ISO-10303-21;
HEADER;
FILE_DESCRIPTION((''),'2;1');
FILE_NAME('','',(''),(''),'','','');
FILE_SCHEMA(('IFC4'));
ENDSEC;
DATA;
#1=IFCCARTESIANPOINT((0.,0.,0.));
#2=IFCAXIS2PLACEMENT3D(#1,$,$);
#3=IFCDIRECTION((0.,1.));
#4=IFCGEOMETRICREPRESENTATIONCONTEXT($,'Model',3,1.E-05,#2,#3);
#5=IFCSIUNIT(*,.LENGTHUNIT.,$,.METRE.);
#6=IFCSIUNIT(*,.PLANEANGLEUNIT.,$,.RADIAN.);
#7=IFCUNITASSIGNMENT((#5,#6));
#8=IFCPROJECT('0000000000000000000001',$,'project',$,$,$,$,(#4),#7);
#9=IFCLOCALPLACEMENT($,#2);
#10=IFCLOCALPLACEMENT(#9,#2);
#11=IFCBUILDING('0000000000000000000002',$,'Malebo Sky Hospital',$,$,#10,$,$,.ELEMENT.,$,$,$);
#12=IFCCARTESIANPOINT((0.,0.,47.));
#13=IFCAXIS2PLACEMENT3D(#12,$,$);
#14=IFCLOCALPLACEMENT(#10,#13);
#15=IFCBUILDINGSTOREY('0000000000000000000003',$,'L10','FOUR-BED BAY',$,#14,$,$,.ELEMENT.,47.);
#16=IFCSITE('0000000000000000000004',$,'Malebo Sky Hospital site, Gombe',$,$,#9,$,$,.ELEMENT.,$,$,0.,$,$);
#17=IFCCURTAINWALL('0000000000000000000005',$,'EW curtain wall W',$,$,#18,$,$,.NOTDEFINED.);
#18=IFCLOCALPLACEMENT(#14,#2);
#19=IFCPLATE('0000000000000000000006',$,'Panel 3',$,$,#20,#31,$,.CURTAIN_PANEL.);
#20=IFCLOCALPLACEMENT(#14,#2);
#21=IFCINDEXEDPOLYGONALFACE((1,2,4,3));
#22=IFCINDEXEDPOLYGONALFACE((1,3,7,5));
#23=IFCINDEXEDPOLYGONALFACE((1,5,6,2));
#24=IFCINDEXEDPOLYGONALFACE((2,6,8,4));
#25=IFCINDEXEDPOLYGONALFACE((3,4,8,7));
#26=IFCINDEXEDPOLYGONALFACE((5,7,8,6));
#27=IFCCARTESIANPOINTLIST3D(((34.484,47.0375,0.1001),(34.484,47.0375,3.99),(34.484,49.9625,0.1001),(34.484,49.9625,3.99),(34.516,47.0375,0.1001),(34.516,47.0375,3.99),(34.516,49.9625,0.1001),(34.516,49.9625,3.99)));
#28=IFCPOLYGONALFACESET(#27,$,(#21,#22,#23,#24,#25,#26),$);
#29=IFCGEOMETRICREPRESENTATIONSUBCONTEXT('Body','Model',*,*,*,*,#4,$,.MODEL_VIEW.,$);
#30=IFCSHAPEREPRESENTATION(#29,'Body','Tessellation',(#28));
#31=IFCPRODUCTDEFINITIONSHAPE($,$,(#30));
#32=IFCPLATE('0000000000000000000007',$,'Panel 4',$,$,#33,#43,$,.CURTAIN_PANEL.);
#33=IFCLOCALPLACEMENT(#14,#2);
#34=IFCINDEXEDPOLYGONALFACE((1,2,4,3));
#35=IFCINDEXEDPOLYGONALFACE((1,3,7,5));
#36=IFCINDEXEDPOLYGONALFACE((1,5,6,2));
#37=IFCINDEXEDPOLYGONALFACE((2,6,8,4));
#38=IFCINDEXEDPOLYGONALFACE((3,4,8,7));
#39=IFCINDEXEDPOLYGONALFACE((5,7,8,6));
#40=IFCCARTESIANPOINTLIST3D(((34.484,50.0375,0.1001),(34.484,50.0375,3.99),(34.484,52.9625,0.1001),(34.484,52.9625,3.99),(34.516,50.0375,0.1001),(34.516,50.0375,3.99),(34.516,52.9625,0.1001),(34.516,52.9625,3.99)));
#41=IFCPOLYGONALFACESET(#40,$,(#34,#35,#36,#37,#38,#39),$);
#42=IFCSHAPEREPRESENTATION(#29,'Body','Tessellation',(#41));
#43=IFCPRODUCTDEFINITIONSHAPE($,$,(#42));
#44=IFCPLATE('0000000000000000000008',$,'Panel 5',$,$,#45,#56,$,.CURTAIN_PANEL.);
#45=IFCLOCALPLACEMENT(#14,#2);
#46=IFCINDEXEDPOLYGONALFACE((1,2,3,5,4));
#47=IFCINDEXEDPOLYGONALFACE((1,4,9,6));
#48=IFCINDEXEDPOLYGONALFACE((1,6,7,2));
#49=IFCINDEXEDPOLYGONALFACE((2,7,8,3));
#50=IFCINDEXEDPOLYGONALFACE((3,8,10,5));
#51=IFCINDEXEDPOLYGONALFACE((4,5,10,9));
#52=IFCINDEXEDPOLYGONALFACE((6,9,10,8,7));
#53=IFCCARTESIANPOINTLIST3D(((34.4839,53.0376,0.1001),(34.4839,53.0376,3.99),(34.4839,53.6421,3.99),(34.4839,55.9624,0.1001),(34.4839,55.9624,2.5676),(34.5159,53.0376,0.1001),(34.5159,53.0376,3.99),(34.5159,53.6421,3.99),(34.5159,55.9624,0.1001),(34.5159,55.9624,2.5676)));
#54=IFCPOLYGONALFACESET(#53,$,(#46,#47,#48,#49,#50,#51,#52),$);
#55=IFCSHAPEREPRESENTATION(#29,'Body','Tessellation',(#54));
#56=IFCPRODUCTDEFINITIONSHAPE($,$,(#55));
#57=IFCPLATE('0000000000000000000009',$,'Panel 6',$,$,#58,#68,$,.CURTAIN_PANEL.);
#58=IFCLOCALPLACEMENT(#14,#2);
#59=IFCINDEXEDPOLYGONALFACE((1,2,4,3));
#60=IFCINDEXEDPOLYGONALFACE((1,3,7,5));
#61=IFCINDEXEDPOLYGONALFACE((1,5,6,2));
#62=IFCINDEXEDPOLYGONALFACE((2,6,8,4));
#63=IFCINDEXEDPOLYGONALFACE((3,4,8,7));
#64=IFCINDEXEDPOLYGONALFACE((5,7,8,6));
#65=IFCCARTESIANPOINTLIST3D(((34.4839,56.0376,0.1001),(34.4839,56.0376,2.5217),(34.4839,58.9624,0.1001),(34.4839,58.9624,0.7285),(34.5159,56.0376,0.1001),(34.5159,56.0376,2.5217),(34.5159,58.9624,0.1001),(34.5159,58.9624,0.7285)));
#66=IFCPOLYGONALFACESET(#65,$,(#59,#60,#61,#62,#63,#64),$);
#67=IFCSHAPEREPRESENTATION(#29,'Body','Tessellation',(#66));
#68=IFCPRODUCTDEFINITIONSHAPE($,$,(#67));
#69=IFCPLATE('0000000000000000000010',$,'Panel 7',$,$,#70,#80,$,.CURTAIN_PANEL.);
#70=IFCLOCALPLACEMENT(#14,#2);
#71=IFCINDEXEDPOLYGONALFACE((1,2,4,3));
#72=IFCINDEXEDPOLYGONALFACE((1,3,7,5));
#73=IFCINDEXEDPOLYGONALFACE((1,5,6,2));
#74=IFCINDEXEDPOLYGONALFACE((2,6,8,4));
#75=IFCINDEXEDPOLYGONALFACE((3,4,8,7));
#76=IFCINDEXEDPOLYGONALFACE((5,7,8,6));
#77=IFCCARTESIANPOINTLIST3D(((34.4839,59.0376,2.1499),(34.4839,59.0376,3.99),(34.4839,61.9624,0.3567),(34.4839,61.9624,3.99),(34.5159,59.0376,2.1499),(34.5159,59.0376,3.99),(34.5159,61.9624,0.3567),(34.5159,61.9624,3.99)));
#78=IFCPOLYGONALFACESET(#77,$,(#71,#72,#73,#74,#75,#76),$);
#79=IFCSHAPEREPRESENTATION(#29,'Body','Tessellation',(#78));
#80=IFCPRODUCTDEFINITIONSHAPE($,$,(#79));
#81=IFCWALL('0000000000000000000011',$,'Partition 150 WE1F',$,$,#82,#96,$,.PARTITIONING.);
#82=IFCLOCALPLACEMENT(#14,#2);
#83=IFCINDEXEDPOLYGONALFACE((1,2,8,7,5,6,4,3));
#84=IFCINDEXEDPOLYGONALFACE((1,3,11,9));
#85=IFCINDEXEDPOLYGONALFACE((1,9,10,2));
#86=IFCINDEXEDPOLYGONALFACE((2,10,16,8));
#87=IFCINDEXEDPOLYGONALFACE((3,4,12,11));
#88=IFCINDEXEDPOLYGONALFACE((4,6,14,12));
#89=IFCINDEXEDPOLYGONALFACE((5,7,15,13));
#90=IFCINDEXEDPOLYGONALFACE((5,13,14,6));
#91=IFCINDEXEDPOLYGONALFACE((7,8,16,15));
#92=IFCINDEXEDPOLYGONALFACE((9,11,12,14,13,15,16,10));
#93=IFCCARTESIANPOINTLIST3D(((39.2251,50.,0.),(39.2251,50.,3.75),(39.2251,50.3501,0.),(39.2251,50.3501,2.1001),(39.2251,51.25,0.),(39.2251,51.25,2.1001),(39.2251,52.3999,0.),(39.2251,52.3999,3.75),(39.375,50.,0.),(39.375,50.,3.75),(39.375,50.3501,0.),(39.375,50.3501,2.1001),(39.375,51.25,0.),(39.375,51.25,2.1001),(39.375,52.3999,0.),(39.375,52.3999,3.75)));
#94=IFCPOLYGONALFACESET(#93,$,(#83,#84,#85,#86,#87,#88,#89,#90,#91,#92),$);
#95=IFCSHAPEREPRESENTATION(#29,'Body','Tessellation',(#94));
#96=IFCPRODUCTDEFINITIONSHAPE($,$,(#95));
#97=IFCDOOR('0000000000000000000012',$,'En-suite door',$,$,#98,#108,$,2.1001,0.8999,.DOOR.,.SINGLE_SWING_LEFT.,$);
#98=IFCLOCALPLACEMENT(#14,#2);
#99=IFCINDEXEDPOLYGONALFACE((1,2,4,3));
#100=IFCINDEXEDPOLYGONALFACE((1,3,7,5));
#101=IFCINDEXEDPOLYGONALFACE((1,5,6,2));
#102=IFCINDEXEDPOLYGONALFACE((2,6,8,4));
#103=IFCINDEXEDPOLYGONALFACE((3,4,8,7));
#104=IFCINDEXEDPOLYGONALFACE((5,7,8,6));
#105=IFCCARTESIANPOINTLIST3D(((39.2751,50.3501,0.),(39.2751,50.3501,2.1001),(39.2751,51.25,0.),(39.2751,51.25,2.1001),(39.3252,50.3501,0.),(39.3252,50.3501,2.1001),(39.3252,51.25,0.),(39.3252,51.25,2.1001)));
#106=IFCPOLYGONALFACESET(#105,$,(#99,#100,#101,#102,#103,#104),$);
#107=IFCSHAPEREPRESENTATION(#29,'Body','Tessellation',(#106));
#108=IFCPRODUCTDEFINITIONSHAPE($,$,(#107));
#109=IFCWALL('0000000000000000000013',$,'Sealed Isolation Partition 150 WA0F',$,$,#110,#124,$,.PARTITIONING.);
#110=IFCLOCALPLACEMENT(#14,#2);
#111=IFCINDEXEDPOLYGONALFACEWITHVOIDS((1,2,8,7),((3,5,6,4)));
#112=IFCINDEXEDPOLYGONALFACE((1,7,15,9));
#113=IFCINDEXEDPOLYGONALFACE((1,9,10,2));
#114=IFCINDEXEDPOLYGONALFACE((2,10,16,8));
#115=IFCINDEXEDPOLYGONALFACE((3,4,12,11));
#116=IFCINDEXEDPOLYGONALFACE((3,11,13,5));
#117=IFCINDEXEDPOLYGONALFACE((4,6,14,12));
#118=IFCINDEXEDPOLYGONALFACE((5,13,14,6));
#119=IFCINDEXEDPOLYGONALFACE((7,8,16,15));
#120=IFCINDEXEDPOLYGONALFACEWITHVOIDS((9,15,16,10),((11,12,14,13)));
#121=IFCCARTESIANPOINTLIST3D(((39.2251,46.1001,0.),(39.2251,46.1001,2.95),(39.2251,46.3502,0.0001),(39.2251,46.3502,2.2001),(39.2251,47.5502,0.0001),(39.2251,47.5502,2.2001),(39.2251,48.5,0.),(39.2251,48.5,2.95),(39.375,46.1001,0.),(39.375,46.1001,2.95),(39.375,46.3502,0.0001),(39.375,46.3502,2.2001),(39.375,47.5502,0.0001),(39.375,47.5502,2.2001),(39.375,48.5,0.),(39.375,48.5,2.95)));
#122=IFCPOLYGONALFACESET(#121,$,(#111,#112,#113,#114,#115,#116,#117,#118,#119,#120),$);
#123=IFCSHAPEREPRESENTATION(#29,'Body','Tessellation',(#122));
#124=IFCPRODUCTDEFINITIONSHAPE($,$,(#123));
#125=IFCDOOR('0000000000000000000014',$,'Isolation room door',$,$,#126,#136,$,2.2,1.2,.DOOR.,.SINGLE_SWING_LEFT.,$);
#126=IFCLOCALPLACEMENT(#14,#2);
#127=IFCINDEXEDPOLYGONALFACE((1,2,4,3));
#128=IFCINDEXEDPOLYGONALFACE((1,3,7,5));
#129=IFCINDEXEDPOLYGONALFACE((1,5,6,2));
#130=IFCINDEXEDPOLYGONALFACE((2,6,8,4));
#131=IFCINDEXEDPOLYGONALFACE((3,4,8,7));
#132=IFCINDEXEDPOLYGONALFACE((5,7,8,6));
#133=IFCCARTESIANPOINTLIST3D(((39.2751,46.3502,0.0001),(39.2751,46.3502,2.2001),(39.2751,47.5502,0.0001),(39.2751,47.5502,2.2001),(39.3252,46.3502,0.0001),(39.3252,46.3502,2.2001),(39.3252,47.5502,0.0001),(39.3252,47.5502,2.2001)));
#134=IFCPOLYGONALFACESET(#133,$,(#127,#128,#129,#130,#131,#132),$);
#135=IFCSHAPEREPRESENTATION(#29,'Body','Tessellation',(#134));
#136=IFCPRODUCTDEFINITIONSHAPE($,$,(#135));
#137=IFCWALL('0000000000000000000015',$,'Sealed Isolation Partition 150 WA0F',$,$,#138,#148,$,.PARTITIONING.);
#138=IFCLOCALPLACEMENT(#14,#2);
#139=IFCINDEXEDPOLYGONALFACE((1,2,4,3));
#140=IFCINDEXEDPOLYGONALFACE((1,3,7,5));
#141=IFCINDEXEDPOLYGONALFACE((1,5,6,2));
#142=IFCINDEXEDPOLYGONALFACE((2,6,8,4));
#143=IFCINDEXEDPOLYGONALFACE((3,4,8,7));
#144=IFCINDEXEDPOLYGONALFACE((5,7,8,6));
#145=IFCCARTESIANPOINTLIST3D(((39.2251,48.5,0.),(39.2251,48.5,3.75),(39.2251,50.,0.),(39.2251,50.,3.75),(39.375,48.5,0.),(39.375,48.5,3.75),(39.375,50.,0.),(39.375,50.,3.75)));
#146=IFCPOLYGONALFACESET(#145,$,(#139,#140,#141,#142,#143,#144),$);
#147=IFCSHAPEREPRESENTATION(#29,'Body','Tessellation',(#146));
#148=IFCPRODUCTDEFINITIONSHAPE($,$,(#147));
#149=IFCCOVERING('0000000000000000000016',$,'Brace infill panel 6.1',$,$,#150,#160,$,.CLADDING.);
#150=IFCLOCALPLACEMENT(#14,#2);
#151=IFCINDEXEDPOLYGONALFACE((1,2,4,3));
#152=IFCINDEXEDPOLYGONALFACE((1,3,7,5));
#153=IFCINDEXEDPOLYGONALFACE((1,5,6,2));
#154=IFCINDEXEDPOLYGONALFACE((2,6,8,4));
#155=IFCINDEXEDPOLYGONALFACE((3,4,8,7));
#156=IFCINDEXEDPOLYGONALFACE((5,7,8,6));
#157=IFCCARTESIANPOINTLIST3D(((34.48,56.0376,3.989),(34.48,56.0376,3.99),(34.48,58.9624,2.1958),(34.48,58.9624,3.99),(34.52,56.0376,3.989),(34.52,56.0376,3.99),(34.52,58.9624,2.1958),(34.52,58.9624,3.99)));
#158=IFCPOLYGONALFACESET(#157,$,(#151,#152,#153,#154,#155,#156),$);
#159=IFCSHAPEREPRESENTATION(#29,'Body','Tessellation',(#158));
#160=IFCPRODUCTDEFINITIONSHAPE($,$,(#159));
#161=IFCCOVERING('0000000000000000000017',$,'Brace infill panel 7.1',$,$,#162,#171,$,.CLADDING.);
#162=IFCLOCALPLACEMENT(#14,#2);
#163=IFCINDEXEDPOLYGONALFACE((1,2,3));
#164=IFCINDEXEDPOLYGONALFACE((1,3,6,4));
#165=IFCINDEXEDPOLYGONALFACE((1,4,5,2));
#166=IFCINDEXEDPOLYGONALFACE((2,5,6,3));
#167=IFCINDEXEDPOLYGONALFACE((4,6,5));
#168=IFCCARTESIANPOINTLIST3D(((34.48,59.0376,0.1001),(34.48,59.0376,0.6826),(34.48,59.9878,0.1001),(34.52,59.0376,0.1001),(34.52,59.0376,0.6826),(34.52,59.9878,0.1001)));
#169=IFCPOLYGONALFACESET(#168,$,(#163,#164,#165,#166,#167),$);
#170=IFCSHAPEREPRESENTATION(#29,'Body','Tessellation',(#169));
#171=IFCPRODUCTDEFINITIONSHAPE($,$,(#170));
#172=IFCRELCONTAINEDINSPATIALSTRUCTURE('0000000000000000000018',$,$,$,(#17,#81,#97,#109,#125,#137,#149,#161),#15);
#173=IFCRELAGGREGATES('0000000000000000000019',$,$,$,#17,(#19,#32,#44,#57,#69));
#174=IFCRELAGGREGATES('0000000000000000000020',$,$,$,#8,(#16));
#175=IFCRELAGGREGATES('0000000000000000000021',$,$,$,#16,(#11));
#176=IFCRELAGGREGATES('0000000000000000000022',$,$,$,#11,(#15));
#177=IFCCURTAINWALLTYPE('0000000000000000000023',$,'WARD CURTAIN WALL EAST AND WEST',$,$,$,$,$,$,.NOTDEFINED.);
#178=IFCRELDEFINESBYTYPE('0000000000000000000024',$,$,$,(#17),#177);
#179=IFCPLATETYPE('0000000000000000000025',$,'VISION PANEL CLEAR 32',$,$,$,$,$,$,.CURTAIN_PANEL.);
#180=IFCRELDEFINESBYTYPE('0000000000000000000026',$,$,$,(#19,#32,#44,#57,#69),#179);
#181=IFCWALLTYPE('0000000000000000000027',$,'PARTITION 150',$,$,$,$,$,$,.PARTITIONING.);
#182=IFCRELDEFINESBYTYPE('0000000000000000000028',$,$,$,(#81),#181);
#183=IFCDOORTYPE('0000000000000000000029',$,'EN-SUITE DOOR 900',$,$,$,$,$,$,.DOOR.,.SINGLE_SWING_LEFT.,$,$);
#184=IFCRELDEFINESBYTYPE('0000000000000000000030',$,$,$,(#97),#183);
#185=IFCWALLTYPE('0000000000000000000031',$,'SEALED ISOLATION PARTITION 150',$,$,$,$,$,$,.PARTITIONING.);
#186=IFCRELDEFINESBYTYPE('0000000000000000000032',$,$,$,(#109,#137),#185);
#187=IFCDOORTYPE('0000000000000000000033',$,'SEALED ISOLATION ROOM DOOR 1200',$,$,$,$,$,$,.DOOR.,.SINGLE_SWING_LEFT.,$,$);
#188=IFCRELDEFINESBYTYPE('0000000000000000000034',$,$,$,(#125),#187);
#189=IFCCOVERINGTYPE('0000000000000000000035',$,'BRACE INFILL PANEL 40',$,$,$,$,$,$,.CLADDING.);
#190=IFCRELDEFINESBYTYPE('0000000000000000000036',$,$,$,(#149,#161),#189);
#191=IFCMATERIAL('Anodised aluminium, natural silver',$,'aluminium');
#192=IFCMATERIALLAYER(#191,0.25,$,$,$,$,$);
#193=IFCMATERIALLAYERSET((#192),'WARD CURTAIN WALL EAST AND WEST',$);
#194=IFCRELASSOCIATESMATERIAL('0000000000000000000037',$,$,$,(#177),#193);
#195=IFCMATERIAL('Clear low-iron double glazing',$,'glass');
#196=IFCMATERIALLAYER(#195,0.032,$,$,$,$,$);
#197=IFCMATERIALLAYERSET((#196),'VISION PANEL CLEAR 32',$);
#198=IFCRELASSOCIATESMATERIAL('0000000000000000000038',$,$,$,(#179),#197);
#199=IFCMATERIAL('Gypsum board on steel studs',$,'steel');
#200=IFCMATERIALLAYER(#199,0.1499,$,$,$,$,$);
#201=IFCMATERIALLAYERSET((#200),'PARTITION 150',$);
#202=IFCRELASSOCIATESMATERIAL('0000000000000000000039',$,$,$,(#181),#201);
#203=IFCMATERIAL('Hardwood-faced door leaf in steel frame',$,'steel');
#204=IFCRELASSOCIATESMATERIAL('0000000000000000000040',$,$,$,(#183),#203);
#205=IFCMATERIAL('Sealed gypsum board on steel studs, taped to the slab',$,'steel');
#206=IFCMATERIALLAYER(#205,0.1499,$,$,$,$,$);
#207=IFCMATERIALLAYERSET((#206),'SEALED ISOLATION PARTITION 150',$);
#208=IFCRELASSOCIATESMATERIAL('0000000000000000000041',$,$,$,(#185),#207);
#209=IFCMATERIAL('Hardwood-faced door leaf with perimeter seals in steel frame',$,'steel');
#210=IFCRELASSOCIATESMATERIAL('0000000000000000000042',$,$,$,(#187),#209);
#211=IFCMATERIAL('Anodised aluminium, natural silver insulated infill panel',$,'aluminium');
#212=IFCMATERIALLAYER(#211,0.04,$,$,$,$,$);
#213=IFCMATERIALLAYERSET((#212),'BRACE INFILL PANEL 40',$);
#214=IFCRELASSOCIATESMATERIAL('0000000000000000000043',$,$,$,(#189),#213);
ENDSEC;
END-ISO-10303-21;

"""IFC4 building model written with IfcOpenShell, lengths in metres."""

from ifc_helpers import new_model, si_unit, direction, frame, frame_2d, origin, origin_2d, place, context, subcontext, project, spatial, polyline, rectangle, outline, extrude, material, layer, layer_set, type_object, element, fill, aggregate, save


model = new_model("IFC4")

# Units and contexts
model_context = context("Model", 3, precision=1e-05, world=origin(), true_north=direction((0.0, 1.0)))
body_context = subcontext(model_context, "Body", "Model", "MODEL_VIEW")
ifc_project = project(units=[si_unit("LENGTHUNIT", "METRE"), si_unit("PLANEANGLEUNIT", "RADIAN")], contexts=[model_context])

# Site, building, storey
site_placement = place(None, origin())
site = spatial("IfcSite", under=ifc_project, at=site_placement, Name="Malebo Sky Hospital site, Gombe", CompositionType="ELEMENT", RefElevation=0.0)
building_placement = place(site_placement, origin())
building = spatial("IfcBuilding", under=site, at=building_placement, Name="Malebo Sky Hospital", CompositionType="ELEMENT")
storey_placement = place(building_placement, frame((0.0, 0.0, 47.0)))
storey = spatial("IfcBuildingStorey", under=building, at=storey_placement, Name="L10", Description="FOUR-BED BAY", CompositionType="ELEMENT", Elevation=47.0)

# Curtain wall
ifc_material_1 = material(Name="Anodised aluminium, natural silver", Category="aluminium")
ifc_layer_1 = layer(ifc_material_1, 0.25)
ifc_layer_set_1 = layer_set([ifc_layer_1], Name="WARD CURTAIN WALL EAST AND WEST")
curtain_wall_type = type_object("IfcCurtainWallType", Name="WARD CURTAIN WALL EAST AND WEST", PredefinedType="NOTDEFINED", material=ifc_layer_set_1)
curtain_wall_placement = place(storey_placement, origin())
curtain_wall = element("IfcCurtainWall", 1, at=curtain_wall_placement, inside=storey, type_object=curtain_wall_type, Name="EW curtain wall W", PredefinedType="NOTDEFINED")

# Plates
ifc_material_2 = material(Name="Clear low-iron double glazing", Category="glass")
ifc_layer_2 = layer(ifc_material_2, 0.032)
ifc_layer_set_2 = layer_set([ifc_layer_2], Name="VISION PANEL CLEAR 32")
plate_type = type_object("IfcPlateType", Name="VISION PANEL CLEAR 32", PredefinedType="CURTAIN_PANEL", material=ifc_layer_set_2)
plate_1_placement = place(storey_placement, frame((34.5, 48.5, 0.1001), z_axis=(0.0, 0.0, 1.0), x_axis=(0.0, 1.0, 0.0)))
plate_1 = element("IfcPlate", 2, at=plate_1_placement, type_object=plate_type, Name="Panel 3", PredefinedType="CURTAIN_PANEL", context=body_context, shape_type="SweptSolid", body=[
    extrude(rectangle(XDim=2.925, YDim=0.032, at=origin_2d()), origin(), (0.0, 0.0, 1.0), 3.8899),
])
plate_2_placement = place(storey_placement, frame((34.5, 51.5, 0.1001), z_axis=(0.0, 0.0, 1.0), x_axis=(0.0, 1.0, 0.0)))
plate_2 = element("IfcPlate", 3, at=plate_2_placement, type_object=plate_type, Name="Panel 4", PredefinedType="CURTAIN_PANEL", context=body_context, shape_type="SweptSolid", body=[
    extrude(rectangle(XDim=2.925, YDim=0.032, at=origin_2d()), origin(), (0.0, 0.0, 1.0), 3.8899),
])
plate_3_placement = place(storey_placement, frame((34.5, 54.5, 0.1001), z_axis=(0.0, 0.0, 1.0), x_axis=(0.0, 1.0, 0.0)))
plate_3 = element("IfcPlate", 4, at=plate_3_placement, type_object=plate_type, Name="Panel 5", PredefinedType="CURTAIN_PANEL", context=body_context, shape_type="SweptSolid", body=[
    extrude(outline(polyline([(-1.4624, 0.0), (1.4624, 0.0), (1.4624, 2.4675), (-0.8579, 3.8899), (-1.4624, 3.8899), (-1.4624, 0.0)])), frame((0.0, 0.0161, 0.0), z_axis=(0.0, -1.0, 0.0), x_axis=(1.0, 0.0, 0.0)), (0.0, 0.0, 1.0), 0.032),
])
plate_4_placement = place(storey_placement, frame((34.5, 57.5, 0.1001), z_axis=(0.0, 0.0, 1.0), x_axis=(0.0, 1.0, 0.0)))
plate_4 = element("IfcPlate", 5, at=plate_4_placement, type_object=plate_type, Name="Panel 6", PredefinedType="CURTAIN_PANEL", context=body_context, shape_type="SweptSolid", body=[
    extrude(outline(polyline([(-1.4624, 0.0), (1.4624, 0.0), (1.4624, 0.6284), (-1.4624, 2.4216), (-1.4624, 0.0)])), frame((0.0, 0.0161, 0.0), z_axis=(0.0, -1.0, 0.0), x_axis=(1.0, 0.0, 0.0)), (0.0, 0.0, 1.0), 0.032),
])
plate_5_placement = place(storey_placement, frame((34.5, 60.5, 0.3567), z_axis=(0.0, 0.0, 1.0), x_axis=(0.0, 1.0, 0.0)))
plate_5 = element("IfcPlate", 6, at=plate_5_placement, type_object=plate_type, Name="Panel 7", PredefinedType="CURTAIN_PANEL", context=body_context, shape_type="SweptSolid", body=[
    extrude(outline(polyline([(1.4624, 0.0), (1.4624, 3.6333), (-1.4624, 3.6333), (-1.4624, 1.7932), (1.4624, 0.0)])), frame((0.0, 0.0161, 0.0), z_axis=(0.0, -1.0, 0.0), x_axis=(1.0, 0.0, 0.0)), (0.0, 0.0, 1.0), 0.032),
])
aggregate(curtain_wall, [plate_1, plate_2, plate_3, plate_4, plate_5])

# Walls, openings, doors
ifc_material_3 = material(Name="Gypsum board on steel studs", Category="steel")
ifc_layer_3 = layer(ifc_material_3, 0.1499)
ifc_layer_set_3 = layer_set([ifc_layer_3], Name="PARTITION 150")
wall_type_1 = type_object("IfcWallType", Name="PARTITION 150", PredefinedType="PARTITIONING", material=ifc_layer_set_3)
wall_1_placement = place(storey_placement, frame((39.3, 50.0, 0.0), z_axis=(0.0, 0.0, 1.0), x_axis=(0.0, 1.0, 0.0)))
wall_1 = element("IfcWall", 7, at=wall_1_placement, inside=storey, type_object=wall_type_1, Name="Partition 150 WE1F", PredefinedType="PARTITIONING", context=body_context, shape_type="SweptSolid", body=[
    extrude(rectangle(XDim=2.3999, YDim=0.1499, at=frame_2d((1.2, 0.0))), origin(), (0.0, 0.0, 1.0), 3.75),
])
opening_1_placement = place(wall_1_placement, frame((0.3501, 0.0, 0.0)))
opening_1 = element("IfcOpeningElement", 8, at=opening_1_placement, cuts=wall_1, PredefinedType="OPENING", context=body_context, shape_type="SweptSolid", body=[
    extrude(rectangle(XDim=0.8999, YDim=2.1001, at=frame_2d((0.45, 1.05))), frame((0.0, 0.085, 0.0), z_axis=(0.0, -1.0, 0.0), x_axis=(1.0, 0.0, 0.0)), (0.0, 0.0, 1.0), 0.1699),
])
ifc_material_4 = material(Name="Hardwood-faced door leaf in steel frame", Category="steel")
door_type_1 = type_object("IfcDoorType", Name="EN-SUITE DOOR 900", OperationType="SINGLE_SWING_LEFT", PredefinedType="DOOR", material=ifc_material_4)
door_1_placement = place(opening_1_placement, origin())
door_1 = element("IfcDoor", 9, at=door_1_placement, inside=storey, type_object=door_type_1, Name="En-suite door", OperationType="SINGLE_SWING_LEFT", OverallHeight=2.1001, OverallWidth=0.8999, PredefinedType="DOOR", context=body_context, shape_type="SweptSolid", body=[
    extrude(rectangle(XDim=0.8999, YDim=2.1001, at=frame_2d((0.45, 1.05))), frame((0.0, 0.0249, 0.0), z_axis=(0.0, -1.0, 0.0), x_axis=(1.0, 0.0, 0.0)), (0.0, 0.0, 1.0), 0.05),
])
fill(opening_1, door_1)
ifc_material_5 = material(Name="Sealed gypsum board on steel studs, taped to the slab", Category="steel")
ifc_layer_4 = layer(ifc_material_5, 0.1499)
ifc_layer_set_4 = layer_set([ifc_layer_4], Name="SEALED ISOLATION PARTITION 150")
wall_type_2 = type_object("IfcWallType", Name="SEALED ISOLATION PARTITION 150", PredefinedType="PARTITIONING", material=ifc_layer_set_4)
wall_2_placement = place(storey_placement, frame((39.3, 46.1001, 0.0), z_axis=(0.0, 0.0, 1.0), x_axis=(0.0, 1.0, 0.0)))
wall_2 = element("IfcWall", 10, at=wall_2_placement, inside=storey, type_object=wall_type_2, Name="Sealed Isolation Partition 150 WA0F", PredefinedType="PARTITIONING", context=body_context, shape_type="SweptSolid", body=[
    extrude(rectangle(XDim=2.3999, YDim=0.1499, at=frame_2d((1.2, 0.0))), origin(), (0.0, 0.0, 1.0), 2.95),
])
opening_2_placement = place(wall_2_placement, frame((0.25, 0.0, 0.0)))
opening_2 = element("IfcOpeningElement", 11, at=opening_2_placement, cuts=wall_2, PredefinedType="OPENING", context=body_context, shape_type="SweptSolid", body=[
    extrude(rectangle(XDim=1.2, YDim=2.2, at=frame_2d((0.6001, 1.1001))), frame((0.0, 0.085, 0.0), z_axis=(0.0, -1.0, 0.0), x_axis=(1.0, 0.0, 0.0)), (0.0, 0.0, 1.0), 0.1699),
])
ifc_material_6 = material(Name="Hardwood-faced door leaf with perimeter seals in steel frame", Category="steel")
door_type_2 = type_object("IfcDoorType", Name="SEALED ISOLATION ROOM DOOR 1200", OperationType="SINGLE_SWING_LEFT", PredefinedType="DOOR", material=ifc_material_6)
door_2_placement = place(opening_2_placement, origin())
door_2 = element("IfcDoor", 12, at=door_2_placement, inside=storey, type_object=door_type_2, Name="Isolation room door", OperationType="SINGLE_SWING_LEFT", OverallHeight=2.2, OverallWidth=1.2, PredefinedType="DOOR", context=body_context, shape_type="SweptSolid", body=[
    extrude(rectangle(XDim=1.2, YDim=2.2, at=frame_2d((0.6001, 1.1001))), frame((0.0, 0.0249, 0.0), z_axis=(0.0, -1.0, 0.0), x_axis=(1.0, 0.0, 0.0)), (0.0, 0.0, 1.0), 0.05),
])
fill(opening_2, door_2)

# Wall
wall_3_placement = place(storey_placement, frame((39.3, 48.5, 0.0), z_axis=(0.0, 0.0, 1.0), x_axis=(0.0, 1.0, 0.0)))
element("IfcWall", 13, at=wall_3_placement, inside=storey, type_object=wall_type_2, Name="Sealed Isolation Partition 150 WA0F", PredefinedType="PARTITIONING", context=body_context, shape_type="SweptSolid", body=[
    extrude(rectangle(XDim=1.5, YDim=0.1499, at=frame_2d((0.75, 0.0))), origin(), (0.0, 0.0, 1.0), 3.75),
])

# Coverings
ifc_material_7 = material(Name="Anodised aluminium, natural silver insulated infill panel", Category="aluminium")
ifc_layer_5 = layer(ifc_material_7, 0.04)
ifc_layer_set_5 = layer_set([ifc_layer_5], Name="BRACE INFILL PANEL 40")
covering_type = type_object("IfcCoveringType", Name="BRACE INFILL PANEL 40", PredefinedType="CLADDING", material=ifc_layer_set_5)
covering_1_placement = place(storey_placement, frame((34.5, 57.5, 2.1958), z_axis=(0.0, 0.0, 1.0), x_axis=(0.0, 1.0, 0.0)))
element("IfcCovering", 14, at=covering_1_placement, inside=storey, type_object=covering_type, Name="Brace infill panel 6.1", PredefinedType="CLADDING", context=body_context, shape_type="SweptSolid", body=[
    extrude(outline(polyline([(1.4624, 0.0), (1.4624, 1.7942), (-1.4624, 1.7942), (-1.4624, 1.7932), (1.4624, 0.0)])), frame((0.0, 0.02, 0.0), z_axis=(0.0, -1.0, 0.0), x_axis=(1.0, 0.0, 0.0)), (0.0, 0.0, 1.0), 0.04),
])
covering_2_placement = place(storey_placement, frame((34.5, 59.5127, 0.1001), z_axis=(0.0, 0.0, 1.0), x_axis=(0.0, 1.0, 0.0)))
element("IfcCovering", 15, at=covering_2_placement, inside=storey, type_object=covering_type, Name="Brace infill panel 7.1", PredefinedType="CLADDING", context=body_context, shape_type="SweptSolid", body=[
    extrude(outline(polyline([(-0.4751, 0.0), (0.4751, 0.0), (-0.4751, 0.5825), (-0.4751, 0.0)])), frame((0.0, 0.02, 0.0), z_axis=(0.0, -1.0, 0.0), x_axis=(1.0, 0.0, 0.0)), (0.0, 0.0, 1.0), 0.04),
])

save(model, "model.ifc")
